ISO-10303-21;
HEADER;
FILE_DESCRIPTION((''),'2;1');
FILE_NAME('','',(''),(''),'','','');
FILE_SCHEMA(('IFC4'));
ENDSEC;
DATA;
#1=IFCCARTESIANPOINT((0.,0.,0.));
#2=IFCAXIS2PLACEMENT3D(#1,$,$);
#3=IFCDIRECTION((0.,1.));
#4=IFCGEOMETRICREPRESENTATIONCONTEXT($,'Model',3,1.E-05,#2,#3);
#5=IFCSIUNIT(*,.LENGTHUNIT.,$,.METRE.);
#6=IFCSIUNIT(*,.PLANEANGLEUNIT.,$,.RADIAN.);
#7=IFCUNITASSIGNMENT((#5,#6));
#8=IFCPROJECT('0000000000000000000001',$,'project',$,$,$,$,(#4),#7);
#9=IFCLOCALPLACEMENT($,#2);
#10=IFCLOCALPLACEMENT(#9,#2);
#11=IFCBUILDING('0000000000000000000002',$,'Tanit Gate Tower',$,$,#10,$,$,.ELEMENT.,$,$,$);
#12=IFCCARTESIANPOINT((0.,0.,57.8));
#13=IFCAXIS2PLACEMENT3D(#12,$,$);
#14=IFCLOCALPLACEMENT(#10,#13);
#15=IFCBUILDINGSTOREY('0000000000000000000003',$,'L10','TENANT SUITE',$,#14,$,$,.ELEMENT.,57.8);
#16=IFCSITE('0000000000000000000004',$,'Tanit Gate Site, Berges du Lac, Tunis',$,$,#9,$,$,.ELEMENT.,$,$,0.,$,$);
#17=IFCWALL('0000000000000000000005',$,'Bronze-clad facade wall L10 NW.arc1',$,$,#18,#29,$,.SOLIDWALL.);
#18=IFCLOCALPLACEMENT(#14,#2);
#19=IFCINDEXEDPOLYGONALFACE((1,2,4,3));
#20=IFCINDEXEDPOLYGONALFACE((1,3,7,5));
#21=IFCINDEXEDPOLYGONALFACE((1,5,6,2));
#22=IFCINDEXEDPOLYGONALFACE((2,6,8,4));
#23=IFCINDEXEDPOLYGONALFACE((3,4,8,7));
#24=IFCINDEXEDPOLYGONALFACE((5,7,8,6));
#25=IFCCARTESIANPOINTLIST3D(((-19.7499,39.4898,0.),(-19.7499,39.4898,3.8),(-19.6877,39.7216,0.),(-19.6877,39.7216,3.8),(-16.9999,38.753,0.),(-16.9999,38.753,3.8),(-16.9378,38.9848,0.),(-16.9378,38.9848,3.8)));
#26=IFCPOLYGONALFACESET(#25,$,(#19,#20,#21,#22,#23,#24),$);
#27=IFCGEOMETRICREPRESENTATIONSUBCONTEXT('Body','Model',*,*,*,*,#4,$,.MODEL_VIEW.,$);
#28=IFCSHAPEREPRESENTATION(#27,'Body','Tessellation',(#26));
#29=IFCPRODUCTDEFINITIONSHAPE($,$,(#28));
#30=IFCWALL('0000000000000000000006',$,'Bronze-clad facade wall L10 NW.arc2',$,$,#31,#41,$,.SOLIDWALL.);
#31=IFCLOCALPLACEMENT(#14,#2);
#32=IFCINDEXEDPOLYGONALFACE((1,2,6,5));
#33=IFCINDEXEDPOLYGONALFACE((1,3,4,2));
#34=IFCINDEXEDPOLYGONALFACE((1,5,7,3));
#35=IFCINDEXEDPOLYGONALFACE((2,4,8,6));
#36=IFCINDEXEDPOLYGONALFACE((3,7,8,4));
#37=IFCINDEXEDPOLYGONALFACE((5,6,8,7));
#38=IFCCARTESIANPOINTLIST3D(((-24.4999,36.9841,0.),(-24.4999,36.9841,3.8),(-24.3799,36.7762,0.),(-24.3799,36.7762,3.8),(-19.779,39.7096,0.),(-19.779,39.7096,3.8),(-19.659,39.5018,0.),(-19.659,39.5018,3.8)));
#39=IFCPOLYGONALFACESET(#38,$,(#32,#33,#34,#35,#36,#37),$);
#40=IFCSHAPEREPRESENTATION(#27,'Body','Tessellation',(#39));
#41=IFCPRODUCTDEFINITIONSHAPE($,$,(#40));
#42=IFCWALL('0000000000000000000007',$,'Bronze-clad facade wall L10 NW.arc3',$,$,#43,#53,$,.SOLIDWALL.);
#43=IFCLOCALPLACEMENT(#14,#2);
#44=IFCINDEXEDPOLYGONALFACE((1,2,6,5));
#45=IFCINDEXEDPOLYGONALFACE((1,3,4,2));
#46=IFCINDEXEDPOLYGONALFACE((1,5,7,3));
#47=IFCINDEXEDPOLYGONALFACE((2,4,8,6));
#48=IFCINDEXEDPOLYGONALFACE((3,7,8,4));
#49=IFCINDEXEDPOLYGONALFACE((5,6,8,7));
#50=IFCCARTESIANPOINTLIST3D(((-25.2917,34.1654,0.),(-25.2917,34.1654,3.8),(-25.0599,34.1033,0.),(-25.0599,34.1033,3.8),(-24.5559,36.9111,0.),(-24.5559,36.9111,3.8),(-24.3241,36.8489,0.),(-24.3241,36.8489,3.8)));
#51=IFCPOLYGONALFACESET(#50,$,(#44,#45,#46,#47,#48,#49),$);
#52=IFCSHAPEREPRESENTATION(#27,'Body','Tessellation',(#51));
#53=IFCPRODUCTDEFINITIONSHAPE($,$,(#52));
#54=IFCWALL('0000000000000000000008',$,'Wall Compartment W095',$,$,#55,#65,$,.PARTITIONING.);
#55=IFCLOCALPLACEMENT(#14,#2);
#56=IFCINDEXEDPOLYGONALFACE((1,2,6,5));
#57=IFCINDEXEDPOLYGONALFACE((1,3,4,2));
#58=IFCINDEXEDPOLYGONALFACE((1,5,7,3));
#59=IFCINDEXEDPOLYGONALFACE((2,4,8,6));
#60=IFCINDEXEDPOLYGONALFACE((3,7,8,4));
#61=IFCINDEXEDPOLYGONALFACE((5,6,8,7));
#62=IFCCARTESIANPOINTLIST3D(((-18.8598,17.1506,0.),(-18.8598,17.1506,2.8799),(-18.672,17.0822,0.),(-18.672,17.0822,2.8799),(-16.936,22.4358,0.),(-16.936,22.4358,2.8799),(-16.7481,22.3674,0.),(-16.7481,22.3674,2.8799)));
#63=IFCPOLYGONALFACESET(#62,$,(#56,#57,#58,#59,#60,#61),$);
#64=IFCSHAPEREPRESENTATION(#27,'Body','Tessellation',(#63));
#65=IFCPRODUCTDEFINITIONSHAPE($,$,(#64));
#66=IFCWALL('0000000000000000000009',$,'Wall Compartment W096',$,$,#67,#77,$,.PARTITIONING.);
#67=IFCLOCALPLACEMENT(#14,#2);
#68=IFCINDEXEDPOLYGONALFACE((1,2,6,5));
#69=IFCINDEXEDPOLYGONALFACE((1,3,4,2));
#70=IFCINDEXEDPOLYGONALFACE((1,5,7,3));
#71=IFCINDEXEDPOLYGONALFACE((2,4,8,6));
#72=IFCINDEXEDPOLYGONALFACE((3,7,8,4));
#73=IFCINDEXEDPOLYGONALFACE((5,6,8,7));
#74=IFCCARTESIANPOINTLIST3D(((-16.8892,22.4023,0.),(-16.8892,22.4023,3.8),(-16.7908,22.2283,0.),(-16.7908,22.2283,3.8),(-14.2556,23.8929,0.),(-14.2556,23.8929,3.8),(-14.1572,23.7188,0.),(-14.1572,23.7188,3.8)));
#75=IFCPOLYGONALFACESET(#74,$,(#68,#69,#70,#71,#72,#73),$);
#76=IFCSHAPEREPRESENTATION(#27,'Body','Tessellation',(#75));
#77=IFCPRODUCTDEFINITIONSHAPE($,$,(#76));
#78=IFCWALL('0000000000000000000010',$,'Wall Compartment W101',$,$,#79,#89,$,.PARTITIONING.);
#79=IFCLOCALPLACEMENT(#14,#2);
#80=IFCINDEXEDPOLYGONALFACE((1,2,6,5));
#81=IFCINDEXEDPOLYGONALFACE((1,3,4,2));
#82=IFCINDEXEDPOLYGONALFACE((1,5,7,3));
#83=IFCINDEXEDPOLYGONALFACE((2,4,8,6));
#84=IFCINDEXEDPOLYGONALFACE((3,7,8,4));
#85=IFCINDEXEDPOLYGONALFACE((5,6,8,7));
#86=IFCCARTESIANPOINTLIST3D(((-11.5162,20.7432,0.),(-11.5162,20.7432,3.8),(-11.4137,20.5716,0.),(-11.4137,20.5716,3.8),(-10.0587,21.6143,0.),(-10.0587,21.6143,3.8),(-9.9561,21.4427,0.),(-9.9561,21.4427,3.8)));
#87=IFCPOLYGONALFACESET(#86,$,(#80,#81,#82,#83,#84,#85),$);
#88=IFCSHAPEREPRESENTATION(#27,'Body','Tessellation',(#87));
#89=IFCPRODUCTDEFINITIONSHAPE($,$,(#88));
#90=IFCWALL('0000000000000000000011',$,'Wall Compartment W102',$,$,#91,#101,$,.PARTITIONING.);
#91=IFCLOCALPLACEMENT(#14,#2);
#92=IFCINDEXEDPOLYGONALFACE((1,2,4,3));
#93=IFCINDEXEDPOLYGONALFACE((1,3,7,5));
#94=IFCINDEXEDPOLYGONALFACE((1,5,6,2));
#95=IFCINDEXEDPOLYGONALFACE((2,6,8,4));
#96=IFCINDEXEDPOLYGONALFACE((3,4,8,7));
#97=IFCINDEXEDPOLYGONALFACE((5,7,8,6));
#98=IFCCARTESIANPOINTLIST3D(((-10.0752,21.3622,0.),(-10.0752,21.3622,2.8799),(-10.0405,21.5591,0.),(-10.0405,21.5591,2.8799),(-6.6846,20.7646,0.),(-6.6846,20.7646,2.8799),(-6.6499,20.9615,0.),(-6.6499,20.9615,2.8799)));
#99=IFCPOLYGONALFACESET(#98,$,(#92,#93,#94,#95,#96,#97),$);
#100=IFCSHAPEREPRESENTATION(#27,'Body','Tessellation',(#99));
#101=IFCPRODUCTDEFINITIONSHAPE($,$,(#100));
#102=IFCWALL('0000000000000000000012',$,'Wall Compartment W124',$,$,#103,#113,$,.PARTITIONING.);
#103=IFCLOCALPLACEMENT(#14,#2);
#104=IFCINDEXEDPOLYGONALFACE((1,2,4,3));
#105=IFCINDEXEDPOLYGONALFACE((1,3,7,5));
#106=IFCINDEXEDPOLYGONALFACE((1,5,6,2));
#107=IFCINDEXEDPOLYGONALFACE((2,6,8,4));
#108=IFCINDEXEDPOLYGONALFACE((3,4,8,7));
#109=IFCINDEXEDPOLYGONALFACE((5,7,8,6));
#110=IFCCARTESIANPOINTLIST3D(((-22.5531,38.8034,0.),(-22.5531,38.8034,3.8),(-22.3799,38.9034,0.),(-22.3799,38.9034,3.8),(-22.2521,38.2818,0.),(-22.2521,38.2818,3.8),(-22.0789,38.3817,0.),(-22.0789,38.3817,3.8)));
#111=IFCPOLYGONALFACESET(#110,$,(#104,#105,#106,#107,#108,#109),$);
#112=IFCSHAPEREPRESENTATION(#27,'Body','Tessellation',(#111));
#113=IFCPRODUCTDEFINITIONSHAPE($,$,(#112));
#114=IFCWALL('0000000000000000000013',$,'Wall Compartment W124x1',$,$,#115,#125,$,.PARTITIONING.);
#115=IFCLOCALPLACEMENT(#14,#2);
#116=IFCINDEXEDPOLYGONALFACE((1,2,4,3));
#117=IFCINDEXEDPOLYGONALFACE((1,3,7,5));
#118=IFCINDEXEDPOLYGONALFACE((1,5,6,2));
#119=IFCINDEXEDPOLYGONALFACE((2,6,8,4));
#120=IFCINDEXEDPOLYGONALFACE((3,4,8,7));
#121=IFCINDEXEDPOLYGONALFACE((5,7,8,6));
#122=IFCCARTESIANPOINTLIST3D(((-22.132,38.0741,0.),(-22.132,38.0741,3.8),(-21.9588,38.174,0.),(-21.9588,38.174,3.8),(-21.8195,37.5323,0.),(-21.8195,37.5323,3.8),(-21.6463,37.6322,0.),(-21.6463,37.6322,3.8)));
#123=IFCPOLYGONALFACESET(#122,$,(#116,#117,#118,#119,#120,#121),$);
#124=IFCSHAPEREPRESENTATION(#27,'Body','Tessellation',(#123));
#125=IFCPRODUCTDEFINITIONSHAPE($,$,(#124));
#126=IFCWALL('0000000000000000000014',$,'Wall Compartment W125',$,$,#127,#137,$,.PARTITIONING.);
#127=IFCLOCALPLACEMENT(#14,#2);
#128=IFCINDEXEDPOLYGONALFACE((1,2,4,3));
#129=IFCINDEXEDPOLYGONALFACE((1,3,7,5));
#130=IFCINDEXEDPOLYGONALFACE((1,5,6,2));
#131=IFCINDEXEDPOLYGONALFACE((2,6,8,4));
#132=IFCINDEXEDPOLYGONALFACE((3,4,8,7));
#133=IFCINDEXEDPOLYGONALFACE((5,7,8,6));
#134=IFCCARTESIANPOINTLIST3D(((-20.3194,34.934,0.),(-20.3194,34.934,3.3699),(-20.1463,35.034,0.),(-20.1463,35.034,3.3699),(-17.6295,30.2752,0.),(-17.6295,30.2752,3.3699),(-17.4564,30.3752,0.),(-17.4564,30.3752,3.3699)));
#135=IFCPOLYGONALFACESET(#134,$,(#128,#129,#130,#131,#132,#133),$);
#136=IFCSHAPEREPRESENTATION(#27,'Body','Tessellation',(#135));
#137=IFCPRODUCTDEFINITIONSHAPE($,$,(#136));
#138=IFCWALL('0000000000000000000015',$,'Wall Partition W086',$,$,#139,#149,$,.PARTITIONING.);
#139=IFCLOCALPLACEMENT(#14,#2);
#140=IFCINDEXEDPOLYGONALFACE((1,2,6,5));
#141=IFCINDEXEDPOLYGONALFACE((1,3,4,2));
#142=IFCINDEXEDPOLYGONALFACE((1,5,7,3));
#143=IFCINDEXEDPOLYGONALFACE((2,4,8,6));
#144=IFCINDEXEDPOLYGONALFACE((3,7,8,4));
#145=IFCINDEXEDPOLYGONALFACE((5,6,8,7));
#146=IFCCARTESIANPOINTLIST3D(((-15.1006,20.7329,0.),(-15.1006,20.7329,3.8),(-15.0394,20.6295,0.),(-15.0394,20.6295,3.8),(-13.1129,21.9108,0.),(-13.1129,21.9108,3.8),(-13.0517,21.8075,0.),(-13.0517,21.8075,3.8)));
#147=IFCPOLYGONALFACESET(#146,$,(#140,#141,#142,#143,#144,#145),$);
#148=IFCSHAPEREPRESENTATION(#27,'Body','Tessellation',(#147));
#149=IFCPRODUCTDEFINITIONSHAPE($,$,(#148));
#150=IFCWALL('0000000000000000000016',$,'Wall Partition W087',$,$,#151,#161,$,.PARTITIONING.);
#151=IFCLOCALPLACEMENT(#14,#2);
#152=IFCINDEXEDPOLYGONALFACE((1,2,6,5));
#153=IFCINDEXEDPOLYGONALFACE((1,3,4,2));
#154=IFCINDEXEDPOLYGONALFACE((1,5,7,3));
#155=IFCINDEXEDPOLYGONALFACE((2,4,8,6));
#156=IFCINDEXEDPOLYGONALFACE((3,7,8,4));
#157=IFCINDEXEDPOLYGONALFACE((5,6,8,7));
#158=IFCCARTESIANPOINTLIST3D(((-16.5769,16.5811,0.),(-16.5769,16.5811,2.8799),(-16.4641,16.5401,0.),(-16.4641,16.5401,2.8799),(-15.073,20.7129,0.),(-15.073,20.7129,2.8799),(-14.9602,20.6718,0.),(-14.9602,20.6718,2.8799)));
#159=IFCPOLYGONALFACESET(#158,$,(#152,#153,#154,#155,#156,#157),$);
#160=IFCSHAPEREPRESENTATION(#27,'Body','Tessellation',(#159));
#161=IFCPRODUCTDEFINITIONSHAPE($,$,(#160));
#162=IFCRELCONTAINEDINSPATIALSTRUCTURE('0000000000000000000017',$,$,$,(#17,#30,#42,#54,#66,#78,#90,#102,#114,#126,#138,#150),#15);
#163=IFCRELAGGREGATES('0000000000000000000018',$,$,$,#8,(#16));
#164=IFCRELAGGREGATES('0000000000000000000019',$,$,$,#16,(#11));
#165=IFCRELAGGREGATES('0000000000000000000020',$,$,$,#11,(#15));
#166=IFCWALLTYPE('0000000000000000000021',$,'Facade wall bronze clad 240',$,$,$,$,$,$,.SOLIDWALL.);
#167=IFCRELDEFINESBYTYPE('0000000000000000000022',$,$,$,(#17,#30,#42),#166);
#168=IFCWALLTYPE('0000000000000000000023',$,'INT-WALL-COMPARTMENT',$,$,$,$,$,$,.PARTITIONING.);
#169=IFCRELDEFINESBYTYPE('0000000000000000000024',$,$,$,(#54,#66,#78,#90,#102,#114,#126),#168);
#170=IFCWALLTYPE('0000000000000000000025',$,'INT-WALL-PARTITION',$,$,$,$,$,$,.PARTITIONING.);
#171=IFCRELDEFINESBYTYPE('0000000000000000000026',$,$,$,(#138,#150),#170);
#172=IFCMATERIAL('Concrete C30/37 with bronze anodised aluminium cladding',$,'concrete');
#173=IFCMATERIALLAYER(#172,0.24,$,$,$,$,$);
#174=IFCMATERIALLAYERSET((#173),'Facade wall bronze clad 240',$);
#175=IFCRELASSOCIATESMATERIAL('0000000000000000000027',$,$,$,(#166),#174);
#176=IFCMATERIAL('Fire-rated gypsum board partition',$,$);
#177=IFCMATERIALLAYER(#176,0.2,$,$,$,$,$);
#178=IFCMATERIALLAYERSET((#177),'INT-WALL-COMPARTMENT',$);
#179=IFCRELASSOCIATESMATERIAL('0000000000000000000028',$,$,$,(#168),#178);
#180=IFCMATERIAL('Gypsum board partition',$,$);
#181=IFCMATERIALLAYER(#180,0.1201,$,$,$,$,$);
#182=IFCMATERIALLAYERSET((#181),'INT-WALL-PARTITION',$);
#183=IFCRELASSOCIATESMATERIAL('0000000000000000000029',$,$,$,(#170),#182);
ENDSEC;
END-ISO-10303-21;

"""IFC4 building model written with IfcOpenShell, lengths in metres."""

from ifc_helpers import new_model, si_unit, direction, frame, frame_2d, origin, place, context, subcontext, project, spatial, rectangle, extrude, material, layer, layer_set, type_object, element, save


model = new_model("IFC4")

# Units and contexts
model_context = context("Model", 3, precision=1e-05, world=origin(), true_north=direction((0.0, 1.0)))
body_context = subcontext(model_context, "Body", "Model", "MODEL_VIEW")
ifc_project = project(units=[si_unit("LENGTHUNIT", "METRE"), si_unit("PLANEANGLEUNIT", "RADIAN")], contexts=[model_context])

# Site, building, storey
site_placement = place(None, origin())
site = spatial("IfcSite", under=ifc_project, at=site_placement, Name="Tanit Gate Site, Berges du Lac, Tunis", CompositionType="ELEMENT", RefElevation=0.0)
building_placement = place(site_placement, origin())
building = spatial("IfcBuilding", under=site, at=building_placement, Name="Tanit Gate Tower", CompositionType="ELEMENT")
storey_placement = place(building_placement, frame((0.0, 0.0, 57.8)))
storey = spatial("IfcBuildingStorey", under=building, at=storey_placement, Name="L10", Description="TENANT SUITE", CompositionType="ELEMENT", Elevation=57.8)

# Walls
ifc_material_1 = material(Name="Concrete C30/37 with bronze anodised aluminium cladding", Category="concrete")
ifc_layer_1 = layer(ifc_material_1, 0.24)
ifc_layer_set_1 = layer_set([ifc_layer_1], Name="Facade wall bronze clad 240")
wall_type_1 = type_object("IfcWallType", Name="Facade wall bronze clad 240", PredefinedType="SOLIDWALL", material=ifc_layer_set_1)
wall_1_placement = place(storey_placement, frame((-16.969, 38.8689, 0.0), z_axis=(0.0, 0.0, 1.0), x_axis=(-0.96593, 0.258805, 0.0)))
element("IfcWall", 1, at=wall_1_placement, inside=storey, type_object=wall_type_1, Name="Bronze-clad facade wall L10 NW.arc1", PredefinedType="SOLIDWALL", context=body_context, shape_type="SweptSolid", body=[
    extrude(rectangle(XDim=2.8469, YDim=0.24, at=frame_2d((1.4233, 0.0))), origin(), (0.0, 0.0, 1.0), 3.8),
])
wall_2_placement = place(storey_placement, frame((-19.719, 39.6057, 0.0), z_axis=(0.0, 0.0, 1.0), x_axis=(-0.86603, -0.499993, 0.0)))
element("IfcWall", 2, at=wall_2_placement, inside=storey, type_object=wall_type_1, Name="Bronze-clad facade wall L10 NW.arc2", PredefinedType="SOLIDWALL", context=body_context, shape_type="SweptSolid", body=[
    extrude(rectangle(XDim=5.4512, YDim=0.24, at=frame_2d((2.7256, 0.0))), origin(), (0.0, 0.0, 1.0), 3.8),
])
wall_3_placement = place(storey_placement, frame((-24.4399, 36.8801, 0.0), z_axis=(0.0, 0.0, 1.0), x_axis=(-0.258871, -0.965912, 0.0)))
element("IfcWall", 3, at=wall_3_placement, inside=storey, type_object=wall_type_1, Name="Bronze-clad facade wall L10 NW.arc3", PredefinedType="SOLIDWALL", context=body_context, shape_type="SweptSolid", body=[
    extrude(rectangle(XDim=2.8425, YDim=0.24, at=frame_2d((1.4214, 0.0))), origin(), (0.0, 0.0, 1.0), 3.8),
])
ifc_material_2 = material(Name="Fire-rated gypsum board partition")
ifc_layer_2 = layer(ifc_material_2, 0.2)
ifc_layer_set_2 = layer_set([ifc_layer_2], Name="INT-WALL-COMPARTMENT")
wall_type_2 = type_object("IfcWallType", Name="INT-WALL-COMPARTMENT", PredefinedType="PARTITIONING", material=ifc_layer_set_2)
wall_4_placement = place(storey_placement, frame((-16.842, 22.4016, 0.0), z_axis=(0.0, 0.0, 1.0), x_axis=(-0.34205, -0.939682, 0.0)))
element("IfcWall", 4, at=wall_4_placement, inside=storey, type_object=wall_type_2, Name="Wall Compartment W095", PredefinedType="PARTITIONING", context=body_context, shape_type="SweptSolid", body=[
    extrude(rectangle(XDim=5.6245, YDim=0.2, at=frame_2d((2.8123, 0.0))), origin(), (0.0, 0.0, 1.0), 2.8799),
])
wall_5_placement = place(storey_placement, frame((-14.2063, 23.8059, 0.0), z_axis=(0.0, 0.0, 1.0), x_axis=(-0.870286, -0.492546, 0.0)))
element("IfcWall", 5, at=wall_5_placement, inside=storey, type_object=wall_type_2, Name="Wall Compartment W096", PredefinedType="PARTITIONING", context=body_context, shape_type="SweptSolid", body=[
    extrude(rectangle(XDim=3.0261, YDim=0.2, at=frame_2d((1.5132, 0.0))), origin(), (0.0, 0.0, 1.0), 3.8),
])
wall_6_placement = place(storey_placement, frame((-10.0073, 21.5286, 0.0), z_axis=(0.0, 0.0, 1.0), x_axis=(-0.85838, -0.513015, 0.0)))
element("IfcWall", 6, at=wall_6_placement, inside=storey, type_object=wall_type_2, Name="Wall Compartment W101", PredefinedType="PARTITIONING", context=body_context, shape_type="SweptSolid", body=[
    extrude(rectangle(XDim=1.698, YDim=0.2, at=frame_2d((0.8491, 0.0))), origin(), (0.0, 0.0, 1.0), 3.8),
])
wall_7_placement = place(storey_placement, frame((-6.6672, 20.863, 0.0), z_axis=(0.0, 0.0, 1.0), x_axis=(-0.984818, 0.173591, 0.0)))
element("IfcWall", 7, at=wall_7_placement, inside=storey, type_object=wall_type_2, Name="Wall Compartment W102", PredefinedType="PARTITIONING", context=body_context, shape_type="SweptSolid", body=[
    extrude(rectangle(XDim=3.4429, YDim=0.2, at=frame_2d((1.7214, 0.0))), origin(), (0.0, 0.0, 1.0), 2.8799),
])
wall_8_placement = place(storey_placement, frame((-22.4666, 38.8535, 0.0), z_axis=(0.0, 0.0, 1.0), x_axis=(0.499758, -0.866165, 0.0)))
element("IfcWall", 8, at=wall_8_placement, inside=storey, type_object=wall_type_2, Name="Wall Compartment W124", PredefinedType="PARTITIONING", context=body_context, shape_type="SweptSolid", body=[
    extrude(rectangle(XDim=0.6023, YDim=0.2, at=frame_2d((0.3013, 0.0))), origin(), (0.0, 0.0, 1.0), 3.8),
])
wall_9_placement = place(storey_placement, frame((-22.0454, 38.124, 0.0), z_axis=(0.0, 0.0, 1.0), x_axis=(0.499666, -0.866218, 0.0)))
element("IfcWall", 9, at=wall_9_placement, inside=storey, type_object=wall_type_2, Name="Wall Compartment W124x1", PredefinedType="PARTITIONING", context=body_context, shape_type="SweptSolid", body=[
    extrude(rectangle(XDim=0.6255, YDim=0.2, at=frame_2d((0.3127, 0.0))), origin(), (0.0, 0.0, 1.0), 3.8),
])
wall_10_placement = place(storey_placement, frame((-20.2329, 34.9841, 0.0), z_axis=(0.0, 0.0, 1.0), x_axis=(0.500014, -0.866017, 0.0)))
element("IfcWall", 10, at=wall_10_placement, inside=storey, type_object=wall_type_2, Name="Wall Compartment W125", PredefinedType="PARTITIONING", context=body_context, shape_type="SweptSolid", body=[
    extrude(rectangle(XDim=5.3796, YDim=0.2, at=frame_2d((2.6899, 0.0))), origin(), (0.0, 0.0, 1.0), 3.3699),
])
ifc_material_3 = material(Name="Gypsum board partition")
ifc_layer_3 = layer(ifc_material_3, 0.1201)
ifc_layer_set_3 = layer_set([ifc_layer_3], Name="INT-WALL-PARTITION")
wall_type_3 = type_object("IfcWallType", Name="INT-WALL-PARTITION", PredefinedType="PARTITIONING", material=ifc_layer_set_3)
wall_11_placement = place(storey_placement, frame((-13.0823, 21.8591, 0.0), z_axis=(0.0, 0.0, 1.0), x_axis=(-0.860286, -0.509811, 0.0)))
element("IfcWall", 11, at=wall_11_placement, inside=storey, type_object=wall_type_3, Name="Wall Partition W086", PredefinedType="PARTITIONING", context=body_context, shape_type="SweptSolid", body=[
    extrude(rectangle(XDim=2.3105, YDim=0.1201, at=frame_2d((1.1553, 0.0))), origin(), (0.0, 0.0, 1.0), 3.8),
])
wall_12_placement = place(storey_placement, frame((-15.0166, 20.6924, 0.0), z_axis=(0.0, 0.0, 1.0), x_axis=(-0.342028, -0.93969, 0.0)))
element("IfcWall", 12, at=wall_12_placement, inside=storey, type_object=wall_type_3, Name="Wall Partition W087", PredefinedType="PARTITIONING", context=body_context, shape_type="SweptSolid", body=[
    extrude(rectangle(XDim=4.397, YDim=0.1201, at=frame_2d((2.1985, 0.0))), origin(), (0.0, 0.0, 1.0), 2.8799),
])

save(model, "model.ifc")
